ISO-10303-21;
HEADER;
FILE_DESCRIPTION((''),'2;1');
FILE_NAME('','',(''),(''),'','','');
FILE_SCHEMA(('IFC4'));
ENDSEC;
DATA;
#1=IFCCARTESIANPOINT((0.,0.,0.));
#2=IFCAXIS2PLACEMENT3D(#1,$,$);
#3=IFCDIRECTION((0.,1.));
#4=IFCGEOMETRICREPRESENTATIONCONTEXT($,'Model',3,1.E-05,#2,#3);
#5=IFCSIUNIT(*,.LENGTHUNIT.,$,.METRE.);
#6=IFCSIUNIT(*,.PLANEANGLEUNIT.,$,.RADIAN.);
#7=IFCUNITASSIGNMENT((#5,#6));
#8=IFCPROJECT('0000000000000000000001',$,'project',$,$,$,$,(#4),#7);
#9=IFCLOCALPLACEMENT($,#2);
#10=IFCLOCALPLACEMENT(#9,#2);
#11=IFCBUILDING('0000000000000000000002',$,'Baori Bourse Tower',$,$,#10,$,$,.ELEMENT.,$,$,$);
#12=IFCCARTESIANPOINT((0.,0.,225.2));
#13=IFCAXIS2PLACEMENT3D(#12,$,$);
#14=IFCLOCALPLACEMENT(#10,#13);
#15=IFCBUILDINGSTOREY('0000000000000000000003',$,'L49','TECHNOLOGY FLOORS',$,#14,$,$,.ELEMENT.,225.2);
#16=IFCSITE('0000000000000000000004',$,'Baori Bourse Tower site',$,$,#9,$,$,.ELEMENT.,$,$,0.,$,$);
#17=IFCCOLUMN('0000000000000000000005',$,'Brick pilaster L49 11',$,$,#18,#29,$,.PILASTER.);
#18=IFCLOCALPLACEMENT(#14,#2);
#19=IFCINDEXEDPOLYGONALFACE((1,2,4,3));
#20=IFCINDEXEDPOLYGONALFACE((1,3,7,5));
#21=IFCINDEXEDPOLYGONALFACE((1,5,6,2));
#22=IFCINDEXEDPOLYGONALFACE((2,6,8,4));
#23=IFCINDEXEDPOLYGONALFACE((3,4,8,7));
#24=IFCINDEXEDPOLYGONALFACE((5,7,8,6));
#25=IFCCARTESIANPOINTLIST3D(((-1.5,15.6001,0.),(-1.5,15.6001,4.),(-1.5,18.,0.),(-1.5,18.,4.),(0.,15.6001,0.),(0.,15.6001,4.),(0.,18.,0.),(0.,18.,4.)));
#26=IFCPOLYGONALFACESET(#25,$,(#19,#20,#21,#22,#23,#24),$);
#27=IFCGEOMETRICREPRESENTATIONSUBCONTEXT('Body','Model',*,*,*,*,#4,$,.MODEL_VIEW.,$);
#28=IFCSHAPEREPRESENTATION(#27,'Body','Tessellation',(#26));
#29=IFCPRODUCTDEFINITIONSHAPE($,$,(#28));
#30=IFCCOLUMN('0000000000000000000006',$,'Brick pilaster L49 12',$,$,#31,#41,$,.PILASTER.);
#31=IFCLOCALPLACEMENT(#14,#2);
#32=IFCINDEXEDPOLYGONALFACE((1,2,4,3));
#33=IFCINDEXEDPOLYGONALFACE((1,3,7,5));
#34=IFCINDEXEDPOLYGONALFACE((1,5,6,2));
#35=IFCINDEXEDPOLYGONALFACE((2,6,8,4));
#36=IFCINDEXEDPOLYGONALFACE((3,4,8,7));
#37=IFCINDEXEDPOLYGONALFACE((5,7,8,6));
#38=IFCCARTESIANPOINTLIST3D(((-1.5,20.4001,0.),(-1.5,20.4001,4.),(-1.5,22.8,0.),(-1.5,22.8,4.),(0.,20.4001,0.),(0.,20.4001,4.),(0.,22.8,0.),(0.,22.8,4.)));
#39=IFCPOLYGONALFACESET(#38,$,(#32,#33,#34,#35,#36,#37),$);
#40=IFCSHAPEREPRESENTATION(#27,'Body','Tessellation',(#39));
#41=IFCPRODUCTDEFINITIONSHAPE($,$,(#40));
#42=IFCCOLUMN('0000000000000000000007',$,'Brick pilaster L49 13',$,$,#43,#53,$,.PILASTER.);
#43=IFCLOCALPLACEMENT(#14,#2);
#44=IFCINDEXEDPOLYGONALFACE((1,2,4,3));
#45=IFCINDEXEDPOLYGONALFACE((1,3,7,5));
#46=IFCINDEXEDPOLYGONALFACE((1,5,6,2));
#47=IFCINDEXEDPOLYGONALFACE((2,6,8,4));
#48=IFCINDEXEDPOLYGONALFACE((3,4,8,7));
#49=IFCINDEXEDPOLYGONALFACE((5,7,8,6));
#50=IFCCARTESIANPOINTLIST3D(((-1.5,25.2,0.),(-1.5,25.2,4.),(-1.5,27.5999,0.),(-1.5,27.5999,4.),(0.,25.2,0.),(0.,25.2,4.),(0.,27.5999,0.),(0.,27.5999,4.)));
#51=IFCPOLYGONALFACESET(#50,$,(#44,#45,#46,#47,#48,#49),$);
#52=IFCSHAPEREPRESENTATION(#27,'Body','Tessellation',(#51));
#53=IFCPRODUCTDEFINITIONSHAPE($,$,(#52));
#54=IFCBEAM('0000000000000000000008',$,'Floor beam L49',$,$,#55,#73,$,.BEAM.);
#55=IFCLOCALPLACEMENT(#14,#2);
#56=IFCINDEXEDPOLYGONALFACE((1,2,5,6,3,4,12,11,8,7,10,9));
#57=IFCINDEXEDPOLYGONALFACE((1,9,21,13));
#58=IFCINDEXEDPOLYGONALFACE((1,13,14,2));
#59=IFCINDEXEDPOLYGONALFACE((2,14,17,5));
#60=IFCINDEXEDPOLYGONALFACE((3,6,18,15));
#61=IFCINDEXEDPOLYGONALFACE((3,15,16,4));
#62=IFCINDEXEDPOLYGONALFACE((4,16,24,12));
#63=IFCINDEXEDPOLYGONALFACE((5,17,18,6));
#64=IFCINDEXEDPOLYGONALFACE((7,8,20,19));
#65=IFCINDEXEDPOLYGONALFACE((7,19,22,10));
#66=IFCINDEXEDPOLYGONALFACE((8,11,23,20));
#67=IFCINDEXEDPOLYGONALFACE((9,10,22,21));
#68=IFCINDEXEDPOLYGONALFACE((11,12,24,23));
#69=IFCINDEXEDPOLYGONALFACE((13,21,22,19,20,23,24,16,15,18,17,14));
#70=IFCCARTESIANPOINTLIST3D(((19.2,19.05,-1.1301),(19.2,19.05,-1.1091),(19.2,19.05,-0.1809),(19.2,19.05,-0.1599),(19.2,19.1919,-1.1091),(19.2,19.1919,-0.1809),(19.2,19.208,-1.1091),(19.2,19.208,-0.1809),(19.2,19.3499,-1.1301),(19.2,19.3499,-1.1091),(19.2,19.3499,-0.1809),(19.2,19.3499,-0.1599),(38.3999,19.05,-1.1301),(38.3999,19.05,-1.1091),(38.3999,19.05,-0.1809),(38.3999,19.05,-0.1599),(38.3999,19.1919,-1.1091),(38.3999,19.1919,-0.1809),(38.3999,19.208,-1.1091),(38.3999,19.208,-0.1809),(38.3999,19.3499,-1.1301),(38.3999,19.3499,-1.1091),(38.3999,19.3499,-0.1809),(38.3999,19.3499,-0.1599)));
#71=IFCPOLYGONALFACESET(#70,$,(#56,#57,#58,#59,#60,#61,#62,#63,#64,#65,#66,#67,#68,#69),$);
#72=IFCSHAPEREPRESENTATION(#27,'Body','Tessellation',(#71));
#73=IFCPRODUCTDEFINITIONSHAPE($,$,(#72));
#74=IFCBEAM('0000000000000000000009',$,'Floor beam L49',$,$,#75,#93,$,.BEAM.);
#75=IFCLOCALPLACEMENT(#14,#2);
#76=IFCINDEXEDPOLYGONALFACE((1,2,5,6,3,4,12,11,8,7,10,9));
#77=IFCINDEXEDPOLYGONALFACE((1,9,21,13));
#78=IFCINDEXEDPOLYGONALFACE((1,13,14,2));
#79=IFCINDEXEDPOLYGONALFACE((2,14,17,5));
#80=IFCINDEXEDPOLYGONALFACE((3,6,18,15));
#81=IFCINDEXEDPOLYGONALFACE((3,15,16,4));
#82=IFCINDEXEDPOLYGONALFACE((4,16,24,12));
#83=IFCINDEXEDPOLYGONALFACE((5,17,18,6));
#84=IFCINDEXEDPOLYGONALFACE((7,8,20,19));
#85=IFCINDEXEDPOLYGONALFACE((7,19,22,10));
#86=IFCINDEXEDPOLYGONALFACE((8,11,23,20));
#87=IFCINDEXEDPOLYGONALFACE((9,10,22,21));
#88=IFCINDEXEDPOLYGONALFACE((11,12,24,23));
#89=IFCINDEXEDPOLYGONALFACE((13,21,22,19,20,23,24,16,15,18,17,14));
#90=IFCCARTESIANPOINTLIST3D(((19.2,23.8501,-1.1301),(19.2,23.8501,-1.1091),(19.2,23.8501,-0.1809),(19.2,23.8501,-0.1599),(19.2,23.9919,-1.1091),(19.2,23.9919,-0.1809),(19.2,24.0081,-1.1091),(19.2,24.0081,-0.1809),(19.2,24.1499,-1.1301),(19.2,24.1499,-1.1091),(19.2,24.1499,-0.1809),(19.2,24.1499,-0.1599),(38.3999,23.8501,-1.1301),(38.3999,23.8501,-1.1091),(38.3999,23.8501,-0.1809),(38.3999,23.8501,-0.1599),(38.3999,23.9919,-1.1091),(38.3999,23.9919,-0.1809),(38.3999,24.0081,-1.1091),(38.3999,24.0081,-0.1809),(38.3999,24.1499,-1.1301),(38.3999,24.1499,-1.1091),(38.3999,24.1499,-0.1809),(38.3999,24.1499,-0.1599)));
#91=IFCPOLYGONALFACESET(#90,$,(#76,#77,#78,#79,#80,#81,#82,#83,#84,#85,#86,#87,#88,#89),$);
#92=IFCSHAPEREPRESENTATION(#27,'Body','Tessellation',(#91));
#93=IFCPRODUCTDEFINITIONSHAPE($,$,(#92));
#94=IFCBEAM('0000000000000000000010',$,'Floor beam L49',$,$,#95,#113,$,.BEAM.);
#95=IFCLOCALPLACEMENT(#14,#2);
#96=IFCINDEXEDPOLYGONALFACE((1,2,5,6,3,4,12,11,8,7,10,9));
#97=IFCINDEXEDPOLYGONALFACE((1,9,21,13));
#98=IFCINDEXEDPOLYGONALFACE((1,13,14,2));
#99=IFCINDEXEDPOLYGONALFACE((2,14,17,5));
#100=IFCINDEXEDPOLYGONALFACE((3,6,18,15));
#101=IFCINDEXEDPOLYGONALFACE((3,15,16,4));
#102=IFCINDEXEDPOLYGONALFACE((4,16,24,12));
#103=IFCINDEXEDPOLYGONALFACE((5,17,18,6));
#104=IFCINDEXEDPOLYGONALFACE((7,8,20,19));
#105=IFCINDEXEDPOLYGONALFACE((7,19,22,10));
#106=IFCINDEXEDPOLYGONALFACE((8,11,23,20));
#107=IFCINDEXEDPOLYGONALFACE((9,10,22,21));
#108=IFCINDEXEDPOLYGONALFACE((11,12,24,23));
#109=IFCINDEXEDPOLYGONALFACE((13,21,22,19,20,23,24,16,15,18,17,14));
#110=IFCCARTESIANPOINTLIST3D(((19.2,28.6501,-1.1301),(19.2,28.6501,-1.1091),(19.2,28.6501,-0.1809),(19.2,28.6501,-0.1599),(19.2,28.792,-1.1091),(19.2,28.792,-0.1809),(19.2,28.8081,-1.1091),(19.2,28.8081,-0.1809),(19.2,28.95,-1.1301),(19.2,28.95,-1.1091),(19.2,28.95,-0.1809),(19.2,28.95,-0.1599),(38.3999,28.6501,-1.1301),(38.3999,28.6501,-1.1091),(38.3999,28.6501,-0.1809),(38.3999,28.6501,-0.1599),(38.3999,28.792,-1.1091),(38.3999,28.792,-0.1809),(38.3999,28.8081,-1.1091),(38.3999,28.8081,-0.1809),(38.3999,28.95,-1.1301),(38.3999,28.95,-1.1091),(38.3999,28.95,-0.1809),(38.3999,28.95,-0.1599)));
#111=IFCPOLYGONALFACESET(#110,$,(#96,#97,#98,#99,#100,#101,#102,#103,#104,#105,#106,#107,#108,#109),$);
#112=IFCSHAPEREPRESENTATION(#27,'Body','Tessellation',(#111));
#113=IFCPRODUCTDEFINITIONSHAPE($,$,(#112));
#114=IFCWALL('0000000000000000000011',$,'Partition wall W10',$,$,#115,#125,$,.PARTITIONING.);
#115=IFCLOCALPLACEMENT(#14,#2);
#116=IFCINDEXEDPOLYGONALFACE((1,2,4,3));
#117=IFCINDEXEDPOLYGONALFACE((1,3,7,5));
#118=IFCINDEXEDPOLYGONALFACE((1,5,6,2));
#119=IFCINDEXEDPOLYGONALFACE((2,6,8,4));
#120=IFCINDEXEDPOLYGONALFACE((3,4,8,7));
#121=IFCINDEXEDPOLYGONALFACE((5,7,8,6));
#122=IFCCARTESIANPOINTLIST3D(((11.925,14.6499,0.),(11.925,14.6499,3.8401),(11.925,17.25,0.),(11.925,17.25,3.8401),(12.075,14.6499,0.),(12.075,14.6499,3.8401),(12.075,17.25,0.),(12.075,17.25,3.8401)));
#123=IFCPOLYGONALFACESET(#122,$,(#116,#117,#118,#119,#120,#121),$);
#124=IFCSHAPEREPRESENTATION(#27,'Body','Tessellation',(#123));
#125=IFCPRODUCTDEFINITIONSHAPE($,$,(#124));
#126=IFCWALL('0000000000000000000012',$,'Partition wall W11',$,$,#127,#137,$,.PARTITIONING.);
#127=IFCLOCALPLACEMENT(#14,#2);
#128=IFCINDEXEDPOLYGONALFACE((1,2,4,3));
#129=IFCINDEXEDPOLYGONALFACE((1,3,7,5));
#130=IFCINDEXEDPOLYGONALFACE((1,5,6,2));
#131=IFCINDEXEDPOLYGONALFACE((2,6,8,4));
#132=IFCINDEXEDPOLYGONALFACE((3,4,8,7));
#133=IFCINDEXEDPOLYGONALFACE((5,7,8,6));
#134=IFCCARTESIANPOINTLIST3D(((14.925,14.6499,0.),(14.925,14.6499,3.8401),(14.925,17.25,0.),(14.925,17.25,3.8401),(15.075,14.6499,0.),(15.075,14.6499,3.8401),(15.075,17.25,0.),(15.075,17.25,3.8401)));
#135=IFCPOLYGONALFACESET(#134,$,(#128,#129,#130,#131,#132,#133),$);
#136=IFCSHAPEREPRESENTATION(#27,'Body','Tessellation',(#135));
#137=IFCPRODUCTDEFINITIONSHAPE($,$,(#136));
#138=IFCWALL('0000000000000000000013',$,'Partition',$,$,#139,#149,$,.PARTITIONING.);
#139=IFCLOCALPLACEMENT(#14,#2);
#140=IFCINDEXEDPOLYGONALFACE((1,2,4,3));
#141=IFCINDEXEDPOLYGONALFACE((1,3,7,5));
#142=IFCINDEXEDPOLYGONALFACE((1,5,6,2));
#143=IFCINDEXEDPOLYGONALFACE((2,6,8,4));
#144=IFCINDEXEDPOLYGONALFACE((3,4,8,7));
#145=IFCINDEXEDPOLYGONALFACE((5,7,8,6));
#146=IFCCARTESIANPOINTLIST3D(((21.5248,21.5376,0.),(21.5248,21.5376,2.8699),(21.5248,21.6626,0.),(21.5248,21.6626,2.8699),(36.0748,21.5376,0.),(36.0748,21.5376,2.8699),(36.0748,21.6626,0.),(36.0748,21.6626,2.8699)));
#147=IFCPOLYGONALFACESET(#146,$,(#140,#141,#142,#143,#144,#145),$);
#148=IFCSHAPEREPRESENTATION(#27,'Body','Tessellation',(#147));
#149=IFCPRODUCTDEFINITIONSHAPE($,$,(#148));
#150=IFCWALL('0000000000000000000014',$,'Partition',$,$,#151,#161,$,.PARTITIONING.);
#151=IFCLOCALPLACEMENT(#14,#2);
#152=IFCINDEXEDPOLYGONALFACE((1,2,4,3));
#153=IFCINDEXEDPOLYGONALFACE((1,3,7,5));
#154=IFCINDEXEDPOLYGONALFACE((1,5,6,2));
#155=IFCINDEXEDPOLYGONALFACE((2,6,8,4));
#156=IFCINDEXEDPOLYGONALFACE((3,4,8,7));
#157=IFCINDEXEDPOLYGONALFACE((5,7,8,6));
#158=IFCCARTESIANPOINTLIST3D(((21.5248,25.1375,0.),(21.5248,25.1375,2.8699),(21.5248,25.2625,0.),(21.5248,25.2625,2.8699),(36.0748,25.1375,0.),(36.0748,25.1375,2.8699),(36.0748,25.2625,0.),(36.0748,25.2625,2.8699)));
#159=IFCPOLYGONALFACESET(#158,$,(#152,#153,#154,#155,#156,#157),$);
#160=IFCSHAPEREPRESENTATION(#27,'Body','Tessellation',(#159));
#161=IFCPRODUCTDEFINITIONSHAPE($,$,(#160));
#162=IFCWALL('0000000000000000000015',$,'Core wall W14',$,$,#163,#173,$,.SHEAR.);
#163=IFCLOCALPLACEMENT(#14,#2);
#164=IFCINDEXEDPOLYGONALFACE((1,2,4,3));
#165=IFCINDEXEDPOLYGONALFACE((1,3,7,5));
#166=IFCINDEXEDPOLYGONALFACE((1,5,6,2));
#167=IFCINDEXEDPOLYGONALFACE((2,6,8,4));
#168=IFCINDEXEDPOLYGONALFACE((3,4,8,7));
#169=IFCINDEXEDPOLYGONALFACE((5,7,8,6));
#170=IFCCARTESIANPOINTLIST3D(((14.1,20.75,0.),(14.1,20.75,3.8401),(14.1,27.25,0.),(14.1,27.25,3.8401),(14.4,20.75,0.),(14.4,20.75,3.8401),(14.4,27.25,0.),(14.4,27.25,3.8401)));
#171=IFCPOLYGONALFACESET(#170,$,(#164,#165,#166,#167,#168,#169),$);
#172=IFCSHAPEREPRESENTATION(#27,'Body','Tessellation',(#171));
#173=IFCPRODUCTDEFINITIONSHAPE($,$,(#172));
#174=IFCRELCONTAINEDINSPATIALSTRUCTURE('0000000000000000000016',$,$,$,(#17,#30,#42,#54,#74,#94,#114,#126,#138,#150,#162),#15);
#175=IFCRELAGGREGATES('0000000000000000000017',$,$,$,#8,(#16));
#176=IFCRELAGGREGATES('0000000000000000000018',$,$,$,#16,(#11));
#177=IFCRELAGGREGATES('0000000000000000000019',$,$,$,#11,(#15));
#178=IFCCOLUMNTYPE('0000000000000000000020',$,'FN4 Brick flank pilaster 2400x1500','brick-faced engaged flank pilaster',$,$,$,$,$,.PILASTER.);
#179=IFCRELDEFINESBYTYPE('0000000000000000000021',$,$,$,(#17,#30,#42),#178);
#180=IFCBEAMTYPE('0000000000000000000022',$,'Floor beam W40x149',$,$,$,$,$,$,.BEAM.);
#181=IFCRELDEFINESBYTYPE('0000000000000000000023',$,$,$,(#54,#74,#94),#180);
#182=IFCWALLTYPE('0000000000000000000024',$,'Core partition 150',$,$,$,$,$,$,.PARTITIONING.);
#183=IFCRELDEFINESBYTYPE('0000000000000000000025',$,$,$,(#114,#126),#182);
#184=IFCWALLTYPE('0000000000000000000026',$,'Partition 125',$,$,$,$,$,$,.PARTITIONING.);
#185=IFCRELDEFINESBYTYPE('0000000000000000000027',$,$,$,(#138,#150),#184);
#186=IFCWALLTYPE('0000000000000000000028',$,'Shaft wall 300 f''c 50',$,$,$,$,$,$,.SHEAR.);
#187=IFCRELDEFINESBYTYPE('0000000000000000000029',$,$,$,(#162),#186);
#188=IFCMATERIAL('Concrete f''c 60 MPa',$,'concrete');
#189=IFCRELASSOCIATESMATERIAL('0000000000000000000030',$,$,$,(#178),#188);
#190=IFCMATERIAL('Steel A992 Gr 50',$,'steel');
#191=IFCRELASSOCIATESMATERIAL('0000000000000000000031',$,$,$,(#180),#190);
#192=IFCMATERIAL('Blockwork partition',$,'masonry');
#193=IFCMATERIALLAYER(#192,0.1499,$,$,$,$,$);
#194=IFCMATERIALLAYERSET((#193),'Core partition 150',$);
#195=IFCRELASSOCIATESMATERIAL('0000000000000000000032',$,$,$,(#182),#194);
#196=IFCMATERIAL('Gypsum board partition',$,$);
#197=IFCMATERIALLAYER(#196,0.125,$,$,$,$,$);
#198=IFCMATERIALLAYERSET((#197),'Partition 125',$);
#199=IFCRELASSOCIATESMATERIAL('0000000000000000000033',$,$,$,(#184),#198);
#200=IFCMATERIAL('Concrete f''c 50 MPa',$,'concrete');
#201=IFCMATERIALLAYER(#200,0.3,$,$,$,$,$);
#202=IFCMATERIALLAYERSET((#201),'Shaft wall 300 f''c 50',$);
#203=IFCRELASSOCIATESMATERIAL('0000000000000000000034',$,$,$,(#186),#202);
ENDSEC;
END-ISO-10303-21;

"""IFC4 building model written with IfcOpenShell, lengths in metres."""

from ifc_helpers import new_model, si_unit, direction, frame, frame_2d, origin, origin_2d, place, context, subcontext, project, spatial, rectangle, i_section, extrude, material, layer, layer_set, material_profile, profile_set, type_object, element, save


model = new_model("IFC4")

# Units and contexts
model_context = context("Model", 3, precision=1e-05, world=origin(), true_north=direction((0.0, 1.0)))
body_context = subcontext(model_context, "Body", "Model", "MODEL_VIEW")
ifc_project = project(units=[si_unit("LENGTHUNIT", "METRE"), si_unit("PLANEANGLEUNIT", "RADIAN")], contexts=[model_context])

# Site, building, storey
site_placement = place(None, origin())
site = spatial("IfcSite", under=ifc_project, at=site_placement, Name="Baori Bourse Tower site", CompositionType="ELEMENT", RefElevation=0.0)
building_placement = place(site_placement, origin())
building = spatial("IfcBuilding", under=site, at=building_placement, Name="Baori Bourse Tower", CompositionType="ELEMENT")
storey_placement = place(building_placement, frame((0.0, 0.0, 225.2)))
storey = spatial("IfcBuildingStorey", under=building, at=storey_placement, Name="L49", Description="TECHNOLOGY FLOORS", CompositionType="ELEMENT", Elevation=225.2)

# Columns
ifc_material_1 = material(Name="Concrete f'c 60 MPa", Category="concrete")
ifc_material_profile_1 = material_profile(ifc_material_1, rectangle(XDim=2.3999, YDim=1.5, at=origin_2d()), Name="RC 2400x1500")
ifc_profile_set_1 = profile_set([ifc_material_profile_1], Name="Concrete f'c 60 MPa")
column_type = type_object("IfcColumnType", Name="FN4 Brick flank pilaster 2400x1500", Description="brick-faced engaged flank pilaster", PredefinedType="PILASTER", material=ifc_profile_set_1)
for number, where, z_axis, x_axis, name in (
    (1, (-0.75, 16.8, 0.0), (0.0, 0.0, 1.0), (0.0, 1.0, 0.0), "Brick pilaster L49 11"),
    (2, (-0.75, 21.6001, 0.0), (0.0, 0.0, 1.0), (0.0, 1.0, 0.0), "Brick pilaster L49 12"),
    (3, (-0.75, 26.3999, 0.0), (0.0, 0.0, 1.0), (0.0, 1.0, 0.0), "Brick pilaster L49 13"),
):
    element("IfcColumn", number, at=place(storey_placement, frame(where, z_axis=z_axis, x_axis=x_axis)), inside=storey, type_object=column_type, Name=name, PredefinedType="PILASTER", context=body_context, shape_type="SweptSolid", body=[
        extrude(rectangle(XDim=2.3999, YDim=1.5, at=origin_2d()), origin(), (0.0, 0.0, 1.0), 4.0),
    ])

# Beams
ifc_material_2 = material(Name="Steel A992 Gr 50", Category="steel")
ifc_material_profile_2 = material_profile(ifc_material_2, i_section(OverallWidth=0.2998, OverallDepth=0.9702, WebThickness=0.0161, FlangeThickness=0.021, at=origin_2d()), Name="W40x149")
ifc_profile_set_2 = profile_set([ifc_material_profile_2], Name="Steel A992 Gr 50")
beam_type = type_object("IfcBeamType", Name="Floor beam W40x149", PredefinedType="BEAM", material=ifc_profile_set_2)
for number, where, z_axis, x_axis, name in (
    (4, (19.2, 19.2, -0.645), (1.0, 0.0, 0.0), (0.0, 1.0, 0.0), "Floor beam L49"),
    (5, (19.2, 24.0, -0.645), (1.0, 0.0, 0.0), (0.0, 1.0, 0.0), "Floor beam L49"),
    (6, (19.2, 28.8, -0.645), (1.0, 0.0, 0.0), (0.0, 1.0, 0.0), "Floor beam L49"),
):
    element("IfcBeam", number, at=place(storey_placement, frame(where, z_axis=z_axis, x_axis=x_axis)), inside=storey, type_object=beam_type, Name=name, PredefinedType="BEAM", context=body_context, shape_type="SweptSolid", body=[
        extrude(i_section(OverallWidth=0.2998, OverallDepth=0.9702, WebThickness=0.0161, FlangeThickness=0.021, at=origin_2d()), origin(), (0.0, 0.0, 1.0), 19.2),
    ])

# Walls
ifc_material_3 = material(Name="Blockwork partition", Category="masonry")
ifc_layer_1 = layer(ifc_material_3, 0.1499)
ifc_layer_set_1 = layer_set([ifc_layer_1], Name="Core partition 150")
wall_type_1 = type_object("IfcWallType", Name="Core partition 150", PredefinedType="PARTITIONING", material=ifc_layer_set_1)
for number, where, z_axis, x_axis, name in (
    (7, (12.0, 14.6499, 0.0), (0.0, 0.0, 1.0), (0.0, 1.0, 0.0), "Partition wall W10"),
    (8, (15.0, 14.6499, 0.0), (0.0, 0.0, 1.0), (0.0, 1.0, 0.0), "Partition wall W11"),
):
    element("IfcWall", number, at=place(storey_placement, frame(where, z_axis=z_axis, x_axis=x_axis)), inside=storey, type_object=wall_type_1, Name=name, PredefinedType="PARTITIONING", context=body_context, shape_type="SweptSolid", body=[
        extrude(rectangle(XDim=2.6001, YDim=0.1499, at=frame_2d((1.3, 0.0))), origin(), (0.0, 0.0, 1.0), 3.8401),
    ])
ifc_material_4 = material(Name="Gypsum board partition")
ifc_layer_2 = layer(ifc_material_4, 0.125)
ifc_layer_set_2 = layer_set([ifc_layer_2], Name="Partition 125")
wall_type_2 = type_object("IfcWallType", Name="Partition 125", PredefinedType="PARTITIONING", material=ifc_layer_set_2)
for number, where, z_axis, x_axis, name in (
    (9, (21.5249, 21.6001, 0.0), (0.0, 0.0, 1.0), (1.0, 0.0, 0.0), "Partition"),
    (10, (21.5249, 25.2, 0.0), (0.0, 0.0, 1.0), (1.0, 0.0, 0.0), "Partition"),
):
    element("IfcWall", number, at=place(storey_placement, frame(where, z_axis=z_axis, x_axis=x_axis)), inside=storey, type_object=wall_type_2, Name=name, PredefinedType="PARTITIONING", context=body_context, shape_type="SweptSolid", body=[
        extrude(rectangle(XDim=14.55, YDim=0.125, at=frame_2d((7.2749, 0.0))), origin(), (0.0, 0.0, 1.0), 2.8699),
    ])
ifc_material_5 = material(Name="Concrete f'c 50 MPa", Category="concrete")
ifc_layer_3 = layer(ifc_material_5, 0.3)
ifc_layer_set_3 = layer_set([ifc_layer_3], Name="Shaft wall 300 f'c 50")
wall_type_3 = type_object("IfcWallType", Name="Shaft wall 300 f'c 50", PredefinedType="SHEAR", material=ifc_layer_set_3)
wall_1_placement = place(storey_placement, frame((14.25, 20.75, 0.0), z_axis=(0.0, 0.0, 1.0), x_axis=(0.0, 1.0, 0.0)))
element("IfcWall", 11, at=wall_1_placement, inside=storey, type_object=wall_type_3, Name="Core wall W14", PredefinedType="SHEAR", context=body_context, shape_type="SweptSolid", body=[
    extrude(rectangle(XDim=6.5, YDim=0.3, at=frame_2d((3.25, 0.0))), origin(), (0.0, 0.0, 1.0), 3.8401),
])

save(model, "model.ifc")
